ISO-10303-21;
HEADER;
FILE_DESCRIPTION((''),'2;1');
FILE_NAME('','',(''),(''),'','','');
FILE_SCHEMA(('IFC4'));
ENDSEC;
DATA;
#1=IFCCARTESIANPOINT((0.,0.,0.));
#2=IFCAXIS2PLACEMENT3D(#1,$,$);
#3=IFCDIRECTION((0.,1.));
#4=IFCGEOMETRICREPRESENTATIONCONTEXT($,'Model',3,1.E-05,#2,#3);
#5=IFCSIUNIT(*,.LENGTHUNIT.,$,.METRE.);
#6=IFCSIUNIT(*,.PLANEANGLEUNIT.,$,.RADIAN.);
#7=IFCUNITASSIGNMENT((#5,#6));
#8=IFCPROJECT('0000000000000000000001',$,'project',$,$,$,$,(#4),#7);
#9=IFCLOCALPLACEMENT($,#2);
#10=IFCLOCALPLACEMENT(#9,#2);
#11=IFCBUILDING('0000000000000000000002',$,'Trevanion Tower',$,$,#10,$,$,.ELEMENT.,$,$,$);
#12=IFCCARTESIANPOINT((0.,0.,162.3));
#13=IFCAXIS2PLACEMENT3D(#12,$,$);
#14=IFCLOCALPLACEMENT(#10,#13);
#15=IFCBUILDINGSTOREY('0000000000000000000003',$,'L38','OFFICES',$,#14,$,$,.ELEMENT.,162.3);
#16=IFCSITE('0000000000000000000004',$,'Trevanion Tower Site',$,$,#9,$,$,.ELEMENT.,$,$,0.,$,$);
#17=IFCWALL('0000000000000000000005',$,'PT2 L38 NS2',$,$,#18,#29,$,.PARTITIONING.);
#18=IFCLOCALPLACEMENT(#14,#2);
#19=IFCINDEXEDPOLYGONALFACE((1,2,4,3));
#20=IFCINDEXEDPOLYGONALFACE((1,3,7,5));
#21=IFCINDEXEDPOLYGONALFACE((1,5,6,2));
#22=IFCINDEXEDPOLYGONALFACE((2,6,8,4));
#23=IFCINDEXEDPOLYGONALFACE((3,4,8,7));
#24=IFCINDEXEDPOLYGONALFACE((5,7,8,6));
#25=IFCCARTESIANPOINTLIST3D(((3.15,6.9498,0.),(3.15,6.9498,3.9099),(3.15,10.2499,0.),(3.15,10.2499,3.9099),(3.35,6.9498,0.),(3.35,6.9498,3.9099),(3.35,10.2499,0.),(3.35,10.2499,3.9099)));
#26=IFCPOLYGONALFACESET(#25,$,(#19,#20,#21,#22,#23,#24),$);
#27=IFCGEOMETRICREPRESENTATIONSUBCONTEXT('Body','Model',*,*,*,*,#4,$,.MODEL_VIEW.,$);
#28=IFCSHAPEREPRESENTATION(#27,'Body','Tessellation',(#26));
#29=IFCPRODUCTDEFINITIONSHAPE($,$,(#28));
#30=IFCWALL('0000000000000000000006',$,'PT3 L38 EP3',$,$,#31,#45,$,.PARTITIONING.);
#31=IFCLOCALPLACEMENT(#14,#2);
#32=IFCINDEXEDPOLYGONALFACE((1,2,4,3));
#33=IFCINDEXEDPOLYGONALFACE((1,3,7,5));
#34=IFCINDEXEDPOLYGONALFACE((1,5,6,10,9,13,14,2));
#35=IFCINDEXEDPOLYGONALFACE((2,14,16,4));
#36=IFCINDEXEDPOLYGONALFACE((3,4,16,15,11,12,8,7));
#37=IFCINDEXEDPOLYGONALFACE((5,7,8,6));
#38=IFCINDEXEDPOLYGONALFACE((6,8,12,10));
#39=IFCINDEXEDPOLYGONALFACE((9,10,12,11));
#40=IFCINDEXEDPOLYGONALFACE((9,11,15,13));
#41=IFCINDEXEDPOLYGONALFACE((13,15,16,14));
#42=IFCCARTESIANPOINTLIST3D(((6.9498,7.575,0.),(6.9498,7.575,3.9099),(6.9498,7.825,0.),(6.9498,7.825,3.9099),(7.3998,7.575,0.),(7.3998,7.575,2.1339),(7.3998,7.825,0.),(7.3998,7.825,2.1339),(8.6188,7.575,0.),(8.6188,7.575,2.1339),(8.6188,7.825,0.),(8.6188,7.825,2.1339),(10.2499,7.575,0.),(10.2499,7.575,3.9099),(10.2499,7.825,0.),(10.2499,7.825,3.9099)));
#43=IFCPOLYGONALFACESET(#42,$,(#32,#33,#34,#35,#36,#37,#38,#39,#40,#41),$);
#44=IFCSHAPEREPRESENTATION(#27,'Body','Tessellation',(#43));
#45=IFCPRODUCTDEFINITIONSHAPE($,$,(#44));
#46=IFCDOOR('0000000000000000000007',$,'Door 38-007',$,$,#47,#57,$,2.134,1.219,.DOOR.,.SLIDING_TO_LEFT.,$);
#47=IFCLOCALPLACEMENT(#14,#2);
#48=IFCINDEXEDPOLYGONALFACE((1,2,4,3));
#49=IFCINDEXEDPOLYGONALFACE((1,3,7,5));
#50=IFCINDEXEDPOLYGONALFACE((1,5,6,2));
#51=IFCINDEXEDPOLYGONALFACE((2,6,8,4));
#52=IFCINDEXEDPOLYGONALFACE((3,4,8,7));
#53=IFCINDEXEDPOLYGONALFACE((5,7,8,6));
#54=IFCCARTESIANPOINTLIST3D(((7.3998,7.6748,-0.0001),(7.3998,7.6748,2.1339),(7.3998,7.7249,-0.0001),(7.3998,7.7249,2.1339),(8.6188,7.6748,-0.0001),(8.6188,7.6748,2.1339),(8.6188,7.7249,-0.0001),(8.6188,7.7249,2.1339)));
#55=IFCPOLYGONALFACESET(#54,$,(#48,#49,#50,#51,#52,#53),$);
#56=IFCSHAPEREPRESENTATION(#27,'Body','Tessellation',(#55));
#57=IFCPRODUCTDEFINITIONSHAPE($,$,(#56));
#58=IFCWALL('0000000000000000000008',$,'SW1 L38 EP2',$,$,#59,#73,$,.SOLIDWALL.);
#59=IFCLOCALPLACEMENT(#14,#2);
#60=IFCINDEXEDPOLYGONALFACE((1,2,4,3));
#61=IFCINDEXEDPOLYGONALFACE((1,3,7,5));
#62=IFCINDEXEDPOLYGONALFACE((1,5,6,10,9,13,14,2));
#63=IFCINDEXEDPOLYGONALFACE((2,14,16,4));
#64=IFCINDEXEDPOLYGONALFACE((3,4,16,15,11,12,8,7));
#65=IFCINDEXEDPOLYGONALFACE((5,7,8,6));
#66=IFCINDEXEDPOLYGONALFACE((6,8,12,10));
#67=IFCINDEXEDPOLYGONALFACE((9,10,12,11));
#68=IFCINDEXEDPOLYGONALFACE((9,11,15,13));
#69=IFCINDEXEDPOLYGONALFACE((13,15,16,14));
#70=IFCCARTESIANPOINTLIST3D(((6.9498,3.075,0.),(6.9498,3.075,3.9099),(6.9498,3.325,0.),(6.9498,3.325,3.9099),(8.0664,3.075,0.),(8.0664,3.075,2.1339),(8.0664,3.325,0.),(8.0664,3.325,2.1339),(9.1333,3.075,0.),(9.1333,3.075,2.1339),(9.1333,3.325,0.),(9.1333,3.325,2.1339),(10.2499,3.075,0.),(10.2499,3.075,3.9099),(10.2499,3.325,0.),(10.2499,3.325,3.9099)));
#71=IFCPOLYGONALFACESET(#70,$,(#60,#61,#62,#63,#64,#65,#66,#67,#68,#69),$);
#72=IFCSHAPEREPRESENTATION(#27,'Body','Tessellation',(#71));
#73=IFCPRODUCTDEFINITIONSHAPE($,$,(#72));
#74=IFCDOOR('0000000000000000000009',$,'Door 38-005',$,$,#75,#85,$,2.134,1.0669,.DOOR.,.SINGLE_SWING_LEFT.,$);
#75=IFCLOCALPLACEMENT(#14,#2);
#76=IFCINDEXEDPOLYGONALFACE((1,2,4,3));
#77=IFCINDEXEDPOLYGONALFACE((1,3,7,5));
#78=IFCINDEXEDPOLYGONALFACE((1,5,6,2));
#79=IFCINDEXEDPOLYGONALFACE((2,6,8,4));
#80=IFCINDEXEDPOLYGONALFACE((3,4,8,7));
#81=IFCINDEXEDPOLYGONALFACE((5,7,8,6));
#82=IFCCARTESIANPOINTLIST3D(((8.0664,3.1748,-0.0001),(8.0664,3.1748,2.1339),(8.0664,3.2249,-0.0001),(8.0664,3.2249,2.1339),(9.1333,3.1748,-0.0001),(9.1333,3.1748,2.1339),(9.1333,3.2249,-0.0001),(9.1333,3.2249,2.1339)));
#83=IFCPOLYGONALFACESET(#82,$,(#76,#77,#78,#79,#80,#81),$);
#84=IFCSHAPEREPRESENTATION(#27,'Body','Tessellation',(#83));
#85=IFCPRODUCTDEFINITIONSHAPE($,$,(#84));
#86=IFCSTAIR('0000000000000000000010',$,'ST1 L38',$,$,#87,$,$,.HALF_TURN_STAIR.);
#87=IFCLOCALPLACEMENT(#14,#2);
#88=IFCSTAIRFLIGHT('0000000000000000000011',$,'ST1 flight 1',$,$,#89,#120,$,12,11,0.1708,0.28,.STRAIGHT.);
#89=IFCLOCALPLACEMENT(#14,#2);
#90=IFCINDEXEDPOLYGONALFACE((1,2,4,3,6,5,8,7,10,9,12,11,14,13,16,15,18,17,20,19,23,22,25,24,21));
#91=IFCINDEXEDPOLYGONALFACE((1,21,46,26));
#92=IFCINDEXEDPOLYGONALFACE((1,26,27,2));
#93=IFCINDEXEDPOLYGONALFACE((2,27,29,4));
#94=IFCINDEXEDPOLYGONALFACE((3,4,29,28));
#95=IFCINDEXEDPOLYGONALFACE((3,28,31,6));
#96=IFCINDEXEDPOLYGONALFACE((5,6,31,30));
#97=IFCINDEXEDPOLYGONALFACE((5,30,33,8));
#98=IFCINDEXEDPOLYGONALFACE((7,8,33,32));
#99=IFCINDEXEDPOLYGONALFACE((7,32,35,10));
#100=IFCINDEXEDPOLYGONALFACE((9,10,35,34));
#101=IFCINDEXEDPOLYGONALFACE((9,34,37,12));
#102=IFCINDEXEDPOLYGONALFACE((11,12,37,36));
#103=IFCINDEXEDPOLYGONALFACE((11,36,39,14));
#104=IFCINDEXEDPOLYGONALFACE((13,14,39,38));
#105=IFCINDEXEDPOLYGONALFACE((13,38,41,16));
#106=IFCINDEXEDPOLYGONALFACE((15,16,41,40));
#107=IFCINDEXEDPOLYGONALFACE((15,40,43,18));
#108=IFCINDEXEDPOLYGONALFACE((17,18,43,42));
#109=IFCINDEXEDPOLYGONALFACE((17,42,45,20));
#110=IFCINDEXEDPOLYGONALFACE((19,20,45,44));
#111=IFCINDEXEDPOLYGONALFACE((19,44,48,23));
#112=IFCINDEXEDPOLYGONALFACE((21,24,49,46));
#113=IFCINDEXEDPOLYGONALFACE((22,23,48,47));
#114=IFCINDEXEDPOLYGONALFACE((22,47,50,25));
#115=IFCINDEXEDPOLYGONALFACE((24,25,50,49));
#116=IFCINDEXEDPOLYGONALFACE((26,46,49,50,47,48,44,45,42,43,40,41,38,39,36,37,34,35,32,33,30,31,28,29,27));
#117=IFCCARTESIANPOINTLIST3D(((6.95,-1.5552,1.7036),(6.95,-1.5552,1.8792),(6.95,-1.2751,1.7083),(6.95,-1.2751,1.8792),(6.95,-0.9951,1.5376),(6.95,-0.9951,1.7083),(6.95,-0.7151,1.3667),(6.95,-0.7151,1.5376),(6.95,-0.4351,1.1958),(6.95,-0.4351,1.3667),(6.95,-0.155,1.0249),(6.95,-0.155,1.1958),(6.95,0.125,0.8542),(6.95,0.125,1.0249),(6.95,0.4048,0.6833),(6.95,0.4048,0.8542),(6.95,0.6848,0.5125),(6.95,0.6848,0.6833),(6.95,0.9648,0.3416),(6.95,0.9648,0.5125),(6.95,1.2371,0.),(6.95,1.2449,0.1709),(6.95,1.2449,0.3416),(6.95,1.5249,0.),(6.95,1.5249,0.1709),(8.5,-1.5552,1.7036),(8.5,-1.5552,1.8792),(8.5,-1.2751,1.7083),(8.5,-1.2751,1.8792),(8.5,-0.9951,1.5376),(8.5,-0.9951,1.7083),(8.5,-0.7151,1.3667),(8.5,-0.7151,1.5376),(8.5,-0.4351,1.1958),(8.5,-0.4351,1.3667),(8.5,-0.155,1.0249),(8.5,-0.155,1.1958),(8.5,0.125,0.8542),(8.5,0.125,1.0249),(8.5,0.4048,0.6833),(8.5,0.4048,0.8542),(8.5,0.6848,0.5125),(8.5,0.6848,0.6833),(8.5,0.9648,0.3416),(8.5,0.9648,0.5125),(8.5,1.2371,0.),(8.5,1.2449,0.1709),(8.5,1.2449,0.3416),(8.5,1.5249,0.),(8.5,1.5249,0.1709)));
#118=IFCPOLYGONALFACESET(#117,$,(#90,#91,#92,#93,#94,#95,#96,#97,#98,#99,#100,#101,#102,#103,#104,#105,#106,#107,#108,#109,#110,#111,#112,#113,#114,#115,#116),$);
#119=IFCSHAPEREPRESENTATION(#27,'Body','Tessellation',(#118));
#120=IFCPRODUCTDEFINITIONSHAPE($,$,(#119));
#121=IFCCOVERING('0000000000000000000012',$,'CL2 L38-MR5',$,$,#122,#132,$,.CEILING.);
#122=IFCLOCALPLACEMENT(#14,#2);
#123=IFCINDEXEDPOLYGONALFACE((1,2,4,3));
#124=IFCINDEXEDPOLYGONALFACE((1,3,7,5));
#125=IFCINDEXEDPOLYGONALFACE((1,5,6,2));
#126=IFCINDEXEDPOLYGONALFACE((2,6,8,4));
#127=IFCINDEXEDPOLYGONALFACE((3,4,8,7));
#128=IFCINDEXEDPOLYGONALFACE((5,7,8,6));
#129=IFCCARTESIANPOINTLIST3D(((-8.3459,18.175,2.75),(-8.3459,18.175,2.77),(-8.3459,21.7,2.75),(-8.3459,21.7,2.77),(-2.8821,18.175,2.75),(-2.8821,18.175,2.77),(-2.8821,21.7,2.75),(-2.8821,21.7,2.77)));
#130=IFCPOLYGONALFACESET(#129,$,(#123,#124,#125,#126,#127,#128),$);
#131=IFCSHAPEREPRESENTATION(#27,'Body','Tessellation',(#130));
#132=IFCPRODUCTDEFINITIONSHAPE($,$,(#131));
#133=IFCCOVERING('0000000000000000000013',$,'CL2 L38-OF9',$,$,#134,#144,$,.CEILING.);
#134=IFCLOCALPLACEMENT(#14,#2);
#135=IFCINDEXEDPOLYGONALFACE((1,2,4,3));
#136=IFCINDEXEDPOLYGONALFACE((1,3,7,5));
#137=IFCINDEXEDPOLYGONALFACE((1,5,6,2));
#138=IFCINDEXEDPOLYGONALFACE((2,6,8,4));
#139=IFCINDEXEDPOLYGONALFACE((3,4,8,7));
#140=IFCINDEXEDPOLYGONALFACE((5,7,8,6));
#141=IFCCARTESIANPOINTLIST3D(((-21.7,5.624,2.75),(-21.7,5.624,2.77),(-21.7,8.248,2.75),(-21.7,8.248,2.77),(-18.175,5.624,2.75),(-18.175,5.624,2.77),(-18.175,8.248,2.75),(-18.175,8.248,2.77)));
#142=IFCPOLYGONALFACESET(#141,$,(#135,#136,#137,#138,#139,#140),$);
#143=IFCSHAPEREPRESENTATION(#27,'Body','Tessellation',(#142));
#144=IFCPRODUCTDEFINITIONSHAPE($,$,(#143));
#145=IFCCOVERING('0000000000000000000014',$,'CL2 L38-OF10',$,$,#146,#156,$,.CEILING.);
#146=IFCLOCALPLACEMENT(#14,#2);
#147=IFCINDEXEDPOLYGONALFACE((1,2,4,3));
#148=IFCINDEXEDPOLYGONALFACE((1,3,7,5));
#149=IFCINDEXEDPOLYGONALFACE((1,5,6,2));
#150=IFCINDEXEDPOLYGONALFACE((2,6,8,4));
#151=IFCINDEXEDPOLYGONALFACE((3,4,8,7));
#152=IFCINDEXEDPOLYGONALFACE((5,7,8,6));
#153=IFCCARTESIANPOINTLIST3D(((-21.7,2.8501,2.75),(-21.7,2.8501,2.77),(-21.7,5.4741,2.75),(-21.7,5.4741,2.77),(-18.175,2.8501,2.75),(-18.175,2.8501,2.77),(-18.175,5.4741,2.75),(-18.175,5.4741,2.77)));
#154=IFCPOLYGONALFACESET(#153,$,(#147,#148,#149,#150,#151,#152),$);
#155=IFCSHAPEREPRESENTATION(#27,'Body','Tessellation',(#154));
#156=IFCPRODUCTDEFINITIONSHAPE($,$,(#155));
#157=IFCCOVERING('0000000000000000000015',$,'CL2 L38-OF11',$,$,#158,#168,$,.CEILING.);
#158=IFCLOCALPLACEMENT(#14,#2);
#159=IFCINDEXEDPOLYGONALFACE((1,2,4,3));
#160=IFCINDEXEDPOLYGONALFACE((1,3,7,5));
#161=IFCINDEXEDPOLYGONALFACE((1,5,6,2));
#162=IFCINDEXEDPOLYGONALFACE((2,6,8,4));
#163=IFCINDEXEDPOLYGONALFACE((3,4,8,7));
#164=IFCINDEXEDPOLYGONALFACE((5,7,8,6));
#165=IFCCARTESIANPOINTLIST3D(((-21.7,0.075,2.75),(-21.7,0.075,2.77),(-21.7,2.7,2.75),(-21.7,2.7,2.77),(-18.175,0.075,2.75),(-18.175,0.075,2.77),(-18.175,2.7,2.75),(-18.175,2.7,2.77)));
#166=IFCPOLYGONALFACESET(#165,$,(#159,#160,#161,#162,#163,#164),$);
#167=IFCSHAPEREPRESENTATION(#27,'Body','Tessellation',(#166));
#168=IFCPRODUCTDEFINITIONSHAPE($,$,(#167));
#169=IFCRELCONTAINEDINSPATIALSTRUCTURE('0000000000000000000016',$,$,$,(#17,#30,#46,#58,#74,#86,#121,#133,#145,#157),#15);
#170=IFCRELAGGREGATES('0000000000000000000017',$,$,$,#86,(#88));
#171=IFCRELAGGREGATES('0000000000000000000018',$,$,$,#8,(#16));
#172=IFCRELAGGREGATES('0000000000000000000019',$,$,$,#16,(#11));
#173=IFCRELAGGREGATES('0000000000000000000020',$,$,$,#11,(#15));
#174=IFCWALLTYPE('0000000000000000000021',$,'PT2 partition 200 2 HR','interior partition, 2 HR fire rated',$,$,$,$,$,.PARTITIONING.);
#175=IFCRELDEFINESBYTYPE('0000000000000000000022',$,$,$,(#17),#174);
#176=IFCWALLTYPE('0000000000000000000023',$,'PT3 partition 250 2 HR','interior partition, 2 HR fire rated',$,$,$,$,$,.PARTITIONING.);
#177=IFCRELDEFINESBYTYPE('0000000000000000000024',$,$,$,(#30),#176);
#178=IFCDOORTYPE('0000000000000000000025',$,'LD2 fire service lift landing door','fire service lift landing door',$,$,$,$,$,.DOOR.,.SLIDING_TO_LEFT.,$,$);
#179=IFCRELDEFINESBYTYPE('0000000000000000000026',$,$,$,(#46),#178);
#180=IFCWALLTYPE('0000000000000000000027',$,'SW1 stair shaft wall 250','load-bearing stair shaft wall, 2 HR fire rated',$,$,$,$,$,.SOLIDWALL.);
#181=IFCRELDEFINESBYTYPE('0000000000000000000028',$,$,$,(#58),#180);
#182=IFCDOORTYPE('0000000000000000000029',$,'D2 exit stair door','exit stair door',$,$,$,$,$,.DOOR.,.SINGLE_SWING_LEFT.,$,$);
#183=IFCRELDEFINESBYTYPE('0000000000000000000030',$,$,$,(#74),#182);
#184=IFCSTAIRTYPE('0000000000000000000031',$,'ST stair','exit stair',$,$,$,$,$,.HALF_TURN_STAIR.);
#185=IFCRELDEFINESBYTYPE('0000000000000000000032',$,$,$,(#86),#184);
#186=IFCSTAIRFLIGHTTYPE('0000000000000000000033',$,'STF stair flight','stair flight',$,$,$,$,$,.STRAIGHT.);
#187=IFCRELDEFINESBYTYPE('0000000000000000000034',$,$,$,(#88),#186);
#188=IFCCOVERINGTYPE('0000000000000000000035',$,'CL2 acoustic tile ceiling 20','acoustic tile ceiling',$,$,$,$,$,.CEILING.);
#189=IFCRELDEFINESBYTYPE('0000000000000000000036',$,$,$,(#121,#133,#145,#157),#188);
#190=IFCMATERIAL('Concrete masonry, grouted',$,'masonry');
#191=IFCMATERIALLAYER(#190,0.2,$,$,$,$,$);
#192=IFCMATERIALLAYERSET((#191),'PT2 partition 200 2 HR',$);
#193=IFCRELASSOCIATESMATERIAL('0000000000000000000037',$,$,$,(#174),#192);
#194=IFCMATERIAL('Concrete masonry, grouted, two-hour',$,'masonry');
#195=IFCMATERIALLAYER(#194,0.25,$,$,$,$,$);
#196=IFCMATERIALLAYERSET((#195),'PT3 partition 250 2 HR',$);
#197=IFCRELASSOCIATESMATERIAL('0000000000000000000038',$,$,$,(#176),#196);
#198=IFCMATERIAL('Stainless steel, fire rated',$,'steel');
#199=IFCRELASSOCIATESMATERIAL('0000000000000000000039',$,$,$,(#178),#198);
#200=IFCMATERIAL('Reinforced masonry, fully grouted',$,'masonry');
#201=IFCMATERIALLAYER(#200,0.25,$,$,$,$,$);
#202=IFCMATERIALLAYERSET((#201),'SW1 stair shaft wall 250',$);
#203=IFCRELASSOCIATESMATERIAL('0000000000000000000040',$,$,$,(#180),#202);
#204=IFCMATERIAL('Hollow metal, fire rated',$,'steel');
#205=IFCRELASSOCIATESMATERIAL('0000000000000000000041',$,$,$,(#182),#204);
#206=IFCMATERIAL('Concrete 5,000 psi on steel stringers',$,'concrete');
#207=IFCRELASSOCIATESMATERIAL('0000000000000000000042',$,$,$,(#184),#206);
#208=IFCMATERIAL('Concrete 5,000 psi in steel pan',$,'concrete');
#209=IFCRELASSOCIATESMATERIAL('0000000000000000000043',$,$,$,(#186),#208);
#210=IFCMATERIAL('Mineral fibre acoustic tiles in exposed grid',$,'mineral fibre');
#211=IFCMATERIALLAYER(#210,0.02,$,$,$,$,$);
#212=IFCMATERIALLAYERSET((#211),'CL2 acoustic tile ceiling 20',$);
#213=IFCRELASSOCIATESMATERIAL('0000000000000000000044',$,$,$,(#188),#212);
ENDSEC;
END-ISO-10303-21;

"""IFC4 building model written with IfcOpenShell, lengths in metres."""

from ifc_helpers import new_model, si_unit, direction, frame, frame_2d, origin, place, context, subcontext, project, spatial, polyline, rectangle, outline, extrude, material, layer, layer_set, type_object, element, fill, aggregate, save


model = new_model("IFC4")

# Units and contexts
model_context = context("Model", 3, precision=1e-05, world=origin(), true_north=direction((0.0, 1.0)))
body_context = subcontext(model_context, "Body", "Model", "MODEL_VIEW")
ifc_project = project(units=[si_unit("LENGTHUNIT", "METRE"), si_unit("PLANEANGLEUNIT", "RADIAN")], contexts=[model_context])

# Site, building, storey
site_placement = place(None, origin())
site = spatial("IfcSite", under=ifc_project, at=site_placement, Name="Trevanion Tower Site", CompositionType="ELEMENT", RefElevation=0.0)
building_placement = place(site_placement, origin())
building = spatial("IfcBuilding", under=site, at=building_placement, Name="Trevanion Tower", CompositionType="ELEMENT")
storey_placement = place(building_placement, frame((0.0, 0.0, 162.3)))
storey = spatial("IfcBuildingStorey", under=building, at=storey_placement, Name="L38", Description="OFFICES", CompositionType="ELEMENT", Elevation=162.3)

# Wall
ifc_material_1 = material(Name="Concrete masonry, grouted", Category="masonry")
ifc_layer_1 = layer(ifc_material_1, 0.2)
ifc_layer_set_1 = layer_set([ifc_layer_1], Name="PT2 partition 200 2 HR")
wall_type_1 = type_object("IfcWallType", Name="PT2 partition 200 2 HR", Description="interior partition, 2 HR fire rated", PredefinedType="PARTITIONING", material=ifc_layer_set_1)
wall_1_placement = place(storey_placement, frame((3.25, 6.95, 0.0), z_axis=(0.0, 0.0, 1.0), x_axis=(0.0, 1.0, 0.0)))
element("IfcWall", 1, at=wall_1_placement, inside=storey, type_object=wall_type_1, Name="PT2 L38 NS2", PredefinedType="PARTITIONING", context=body_context, shape_type="SweptSolid", body=[
    extrude(rectangle(XDim=3.3, YDim=0.2, at=frame_2d((1.6499, 0.0))), origin(), (0.0, 0.0, 1.0), 3.9099),
])

# Walls, openings, doors
ifc_material_2 = material(Name="Concrete masonry, grouted, two-hour", Category="masonry")
ifc_layer_2 = layer(ifc_material_2, 0.25)
ifc_layer_set_2 = layer_set([ifc_layer_2], Name="PT3 partition 250 2 HR")
wall_type_2 = type_object("IfcWallType", Name="PT3 partition 250 2 HR", Description="interior partition, 2 HR fire rated", PredefinedType="PARTITIONING", material=ifc_layer_set_2)
wall_2_placement = place(storey_placement, frame((6.95, 7.7, 0.0), z_axis=(0.0, 0.0, 1.0), x_axis=(1.0, 0.0, 0.0)))
wall_2 = element("IfcWall", 2, at=wall_2_placement, inside=storey, type_object=wall_type_2, Name="PT3 L38 EP3", PredefinedType="PARTITIONING", context=body_context, shape_type="SweptSolid", body=[
    extrude(rectangle(XDim=3.3, YDim=0.25, at=frame_2d((1.6499, 0.0))), origin(), (0.0, 0.0, 1.0), 3.9099),
])
opening_1_placement = place(wall_2_placement, frame((0.45, 0.0, 0.0)))
opening_1 = element("IfcOpeningElement", 3, at=opening_1_placement, cuts=wall_2, PredefinedType="OPENING", context=body_context, shape_type="SweptSolid", body=[
    extrude(rectangle(XDim=1.219, YDim=2.134, at=frame_2d((0.6094, 1.0669))), frame((0.0, 0.135, 0.0), z_axis=(0.0, -1.0, 0.0), x_axis=(1.0, 0.0, 0.0)), (0.0, 0.0, 1.0), 0.27),
])
ifc_material_3 = material(Name="Stainless steel, fire rated", Category="steel")
door_type_1 = type_object("IfcDoorType", Name="LD2 fire service lift landing door", Description="fire service lift landing door", OperationType="SLIDING_TO_LEFT", PredefinedType="DOOR", material=ifc_material_3)
door_1_placement = place(opening_1_placement, origin())
door_1 = element("IfcDoor", 4, at=door_1_placement, inside=storey, type_object=door_type_1, Name="Door 38-007", OperationType="SLIDING_TO_LEFT", OverallHeight=2.134, OverallWidth=1.219, PredefinedType="DOOR", context=body_context, shape_type="SweptSolid", body=[
    extrude(rectangle(XDim=1.219, YDim=2.134, at=frame_2d((0.6094, 1.0669))), frame((0.0, 0.0249, 0.0), z_axis=(0.0, -1.0, 0.0), x_axis=(1.0, 0.0, 0.0)), (0.0, 0.0, 1.0), 0.05),
])
fill(opening_1, door_1)
ifc_material_4 = material(Name="Reinforced masonry, fully grouted", Category="masonry")
ifc_layer_3 = layer(ifc_material_4, 0.25)
ifc_layer_set_3 = layer_set([ifc_layer_3], Name="SW1 stair shaft wall 250")
wall_type_3 = type_object("IfcWallType", Name="SW1 stair shaft wall 250", Description="load-bearing stair shaft wall, 2 HR fire rated", PredefinedType="SOLIDWALL", material=ifc_layer_set_3)
wall_3_placement = place(storey_placement, frame((6.95, 3.2, 0.0), z_axis=(0.0, 0.0, 1.0), x_axis=(1.0, 0.0, 0.0)))
wall_3 = element("IfcWall", 5, at=wall_3_placement, inside=storey, type_object=wall_type_3, Name="SW1 L38 EP2", PredefinedType="SOLIDWALL", context=body_context, shape_type="SweptSolid", body=[
    extrude(rectangle(XDim=3.3, YDim=0.25, at=frame_2d((1.6499, 0.0))), origin(), (0.0, 0.0, 1.0), 3.9099),
])
opening_2_placement = place(wall_3_placement, frame((1.1165, 0.0, 0.0)))
opening_2 = element("IfcOpeningElement", 6, at=opening_2_placement, cuts=wall_3, PredefinedType="OPENING", context=body_context, shape_type="SweptSolid", body=[
    extrude(rectangle(XDim=1.0669, YDim=2.134, at=frame_2d((0.5334, 1.0669))), frame((0.0, 0.135, 0.0), z_axis=(0.0, -1.0, 0.0), x_axis=(1.0, 0.0, 0.0)), (0.0, 0.0, 1.0), 0.27),
])
ifc_material_5 = material(Name="Hollow metal, fire rated", Category="steel")
door_type_2 = type_object("IfcDoorType", Name="D2 exit stair door", Description="exit stair door", OperationType="SINGLE_SWING_LEFT", PredefinedType="DOOR", material=ifc_material_5)
door_2_placement = place(opening_2_placement, origin())
door_2 = element("IfcDoor", 7, at=door_2_placement, inside=storey, type_object=door_type_2, Name="Door 38-005", OperationType="SINGLE_SWING_LEFT", OverallHeight=2.134, OverallWidth=1.0669, PredefinedType="DOOR", context=body_context, shape_type="SweptSolid", body=[
    extrude(rectangle(XDim=1.0669, YDim=2.134, at=frame_2d((0.5334, 1.0669))), frame((0.0, 0.0249, 0.0), z_axis=(0.0, -1.0, 0.0), x_axis=(1.0, 0.0, 0.0)), (0.0, 0.0, 1.0), 0.05),
])
fill(opening_2, door_2)

# Stair, stair flight
ifc_material_6 = material(Name="Concrete 5,000 psi on steel stringers", Category="concrete")
stair_type = type_object("IfcStairType", Name="ST stair", Description="exit stair", PredefinedType="HALF_TURN_STAIR", material=ifc_material_6)
stair_placement = place(storey_placement, origin())
stair = element("IfcStair", 8, at=stair_placement, inside=storey, type_object=stair_type, Name="ST1 L38", PredefinedType="HALF_TURN_STAIR")
ifc_material_7 = material(Name="Concrete 5,000 psi in steel pan", Category="concrete")
stair_flight_type = type_object("IfcStairFlightType", Name="STF stair flight", Description="stair flight", PredefinedType="STRAIGHT", material=ifc_material_7)
stair_flight_placement = place(storey_placement, frame((7.7251, 1.5249, 0.0), z_axis=(0.0, 0.0, 1.0), x_axis=(0.0, -1.0, 0.0)))
stair_flight = element("IfcStairFlight", 9, at=stair_flight_placement, type_object=stair_flight_type, Name="ST1 flight 1", NumberOfRisers=12, NumberOfTreads=11, PredefinedType="STRAIGHT", RiserHeight=0.1708, TreadLength=0.28, context=body_context, shape_type="SweptSolid", body=[
    extrude(outline(polyline([(0.0, 0.0), (0.0, 0.1709), (0.28, 0.1709), (0.28, 0.3416), (0.5601, 0.3416), (0.5601, 0.5125), (0.8401, 0.5125), (0.8401, 0.6833), (1.1201, 0.6833), (1.1201, 0.8542), (1.3999, 0.8542), (1.3999, 1.0249), (1.6799, 1.0249), (1.6799, 1.1958), (1.96, 1.1958), (1.96, 1.3667), (2.24, 1.3667), (2.24, 1.5376), (2.52, 1.5376), (2.52, 1.7083), (2.8, 1.7083), (2.8, 1.8792), (3.0801, 1.8792), (3.0801, 2.05), (3.0801, 1.7036), (0.2878, 0.0), (0.0, 0.0)])), frame((0.0, 0.7749, 0.0), z_axis=(0.0, -1.0, 0.0), x_axis=(1.0, 0.0, 0.0)), (0.0, 0.0, 1.0), 1.55),
])
aggregate(stair, [stair_flight])

# Coverings
ifc_material_8 = material(Name="Mineral fibre acoustic tiles in exposed grid", Category="mineral fibre")
ifc_layer_4 = layer(ifc_material_8, 0.02)
ifc_layer_set_4 = layer_set([ifc_layer_4], Name="CL2 acoustic tile ceiling 20")
covering_type_1 = type_object("IfcCoveringType", Name="CL2 acoustic tile ceiling 20", Description="acoustic tile ceiling", PredefinedType="CEILING", material=ifc_layer_set_4)
covering_1_placement = place(storey_placement, frame((0.0, 0.0, 2.75)))
element("IfcCovering", 10, at=covering_1_placement, inside=storey, type_object=covering_type_1, Name="CL2 L38-MR5", PredefinedType="CEILING", context=body_context, shape_type="SweptSolid", body=[
    extrude(outline(polyline([(-2.8821, 18.175), (-8.3459, 18.175), (-8.3459, 21.7), (-2.8821, 21.7), (-2.8821, 18.175)])), origin(), (0.0, 0.0, 1.0), 0.02),
])
covering_2_placement = place(storey_placement, frame((0.0, 0.0, 2.75)))
element("IfcCovering", 11, at=covering_2_placement, inside=storey, type_object=covering_type_1, Name="CL2 L38-OF9", PredefinedType="CEILING", context=body_context, shape_type="SweptSolid", body=[
    extrude(outline(polyline([(-18.175, 8.248), (-18.175, 5.624), (-21.7, 5.624), (-21.7, 8.248), (-18.175, 8.248)])), origin(), (0.0, 0.0, 1.0), 0.02),
])
covering_3_placement = place(storey_placement, frame((0.0, 0.0, 2.75)))
element("IfcCovering", 12, at=covering_3_placement, inside=storey, type_object=covering_type_1, Name="CL2 L38-OF10", PredefinedType="CEILING", context=body_context, shape_type="SweptSolid", body=[
    extrude(outline(polyline([(-18.175, 5.4741), (-18.175, 2.8501), (-21.7, 2.8501), (-21.7, 5.4741), (-18.175, 5.4741)])), origin(), (0.0, 0.0, 1.0), 0.02),
])
covering_4_placement = place(storey_placement, frame((0.0, 0.0, 2.75)))
element("IfcCovering", 13, at=covering_4_placement, inside=storey, type_object=covering_type_1, Name="CL2 L38-OF11", PredefinedType="CEILING", context=body_context, shape_type="SweptSolid", body=[
    extrude(outline(polyline([(-18.175, 2.7), (-18.175, 0.075), (-21.7, 0.075), (-21.7, 2.7), (-18.175, 2.7)])), origin(), (0.0, 0.0, 1.0), 0.02),
])

save(model, "model.ifc")
